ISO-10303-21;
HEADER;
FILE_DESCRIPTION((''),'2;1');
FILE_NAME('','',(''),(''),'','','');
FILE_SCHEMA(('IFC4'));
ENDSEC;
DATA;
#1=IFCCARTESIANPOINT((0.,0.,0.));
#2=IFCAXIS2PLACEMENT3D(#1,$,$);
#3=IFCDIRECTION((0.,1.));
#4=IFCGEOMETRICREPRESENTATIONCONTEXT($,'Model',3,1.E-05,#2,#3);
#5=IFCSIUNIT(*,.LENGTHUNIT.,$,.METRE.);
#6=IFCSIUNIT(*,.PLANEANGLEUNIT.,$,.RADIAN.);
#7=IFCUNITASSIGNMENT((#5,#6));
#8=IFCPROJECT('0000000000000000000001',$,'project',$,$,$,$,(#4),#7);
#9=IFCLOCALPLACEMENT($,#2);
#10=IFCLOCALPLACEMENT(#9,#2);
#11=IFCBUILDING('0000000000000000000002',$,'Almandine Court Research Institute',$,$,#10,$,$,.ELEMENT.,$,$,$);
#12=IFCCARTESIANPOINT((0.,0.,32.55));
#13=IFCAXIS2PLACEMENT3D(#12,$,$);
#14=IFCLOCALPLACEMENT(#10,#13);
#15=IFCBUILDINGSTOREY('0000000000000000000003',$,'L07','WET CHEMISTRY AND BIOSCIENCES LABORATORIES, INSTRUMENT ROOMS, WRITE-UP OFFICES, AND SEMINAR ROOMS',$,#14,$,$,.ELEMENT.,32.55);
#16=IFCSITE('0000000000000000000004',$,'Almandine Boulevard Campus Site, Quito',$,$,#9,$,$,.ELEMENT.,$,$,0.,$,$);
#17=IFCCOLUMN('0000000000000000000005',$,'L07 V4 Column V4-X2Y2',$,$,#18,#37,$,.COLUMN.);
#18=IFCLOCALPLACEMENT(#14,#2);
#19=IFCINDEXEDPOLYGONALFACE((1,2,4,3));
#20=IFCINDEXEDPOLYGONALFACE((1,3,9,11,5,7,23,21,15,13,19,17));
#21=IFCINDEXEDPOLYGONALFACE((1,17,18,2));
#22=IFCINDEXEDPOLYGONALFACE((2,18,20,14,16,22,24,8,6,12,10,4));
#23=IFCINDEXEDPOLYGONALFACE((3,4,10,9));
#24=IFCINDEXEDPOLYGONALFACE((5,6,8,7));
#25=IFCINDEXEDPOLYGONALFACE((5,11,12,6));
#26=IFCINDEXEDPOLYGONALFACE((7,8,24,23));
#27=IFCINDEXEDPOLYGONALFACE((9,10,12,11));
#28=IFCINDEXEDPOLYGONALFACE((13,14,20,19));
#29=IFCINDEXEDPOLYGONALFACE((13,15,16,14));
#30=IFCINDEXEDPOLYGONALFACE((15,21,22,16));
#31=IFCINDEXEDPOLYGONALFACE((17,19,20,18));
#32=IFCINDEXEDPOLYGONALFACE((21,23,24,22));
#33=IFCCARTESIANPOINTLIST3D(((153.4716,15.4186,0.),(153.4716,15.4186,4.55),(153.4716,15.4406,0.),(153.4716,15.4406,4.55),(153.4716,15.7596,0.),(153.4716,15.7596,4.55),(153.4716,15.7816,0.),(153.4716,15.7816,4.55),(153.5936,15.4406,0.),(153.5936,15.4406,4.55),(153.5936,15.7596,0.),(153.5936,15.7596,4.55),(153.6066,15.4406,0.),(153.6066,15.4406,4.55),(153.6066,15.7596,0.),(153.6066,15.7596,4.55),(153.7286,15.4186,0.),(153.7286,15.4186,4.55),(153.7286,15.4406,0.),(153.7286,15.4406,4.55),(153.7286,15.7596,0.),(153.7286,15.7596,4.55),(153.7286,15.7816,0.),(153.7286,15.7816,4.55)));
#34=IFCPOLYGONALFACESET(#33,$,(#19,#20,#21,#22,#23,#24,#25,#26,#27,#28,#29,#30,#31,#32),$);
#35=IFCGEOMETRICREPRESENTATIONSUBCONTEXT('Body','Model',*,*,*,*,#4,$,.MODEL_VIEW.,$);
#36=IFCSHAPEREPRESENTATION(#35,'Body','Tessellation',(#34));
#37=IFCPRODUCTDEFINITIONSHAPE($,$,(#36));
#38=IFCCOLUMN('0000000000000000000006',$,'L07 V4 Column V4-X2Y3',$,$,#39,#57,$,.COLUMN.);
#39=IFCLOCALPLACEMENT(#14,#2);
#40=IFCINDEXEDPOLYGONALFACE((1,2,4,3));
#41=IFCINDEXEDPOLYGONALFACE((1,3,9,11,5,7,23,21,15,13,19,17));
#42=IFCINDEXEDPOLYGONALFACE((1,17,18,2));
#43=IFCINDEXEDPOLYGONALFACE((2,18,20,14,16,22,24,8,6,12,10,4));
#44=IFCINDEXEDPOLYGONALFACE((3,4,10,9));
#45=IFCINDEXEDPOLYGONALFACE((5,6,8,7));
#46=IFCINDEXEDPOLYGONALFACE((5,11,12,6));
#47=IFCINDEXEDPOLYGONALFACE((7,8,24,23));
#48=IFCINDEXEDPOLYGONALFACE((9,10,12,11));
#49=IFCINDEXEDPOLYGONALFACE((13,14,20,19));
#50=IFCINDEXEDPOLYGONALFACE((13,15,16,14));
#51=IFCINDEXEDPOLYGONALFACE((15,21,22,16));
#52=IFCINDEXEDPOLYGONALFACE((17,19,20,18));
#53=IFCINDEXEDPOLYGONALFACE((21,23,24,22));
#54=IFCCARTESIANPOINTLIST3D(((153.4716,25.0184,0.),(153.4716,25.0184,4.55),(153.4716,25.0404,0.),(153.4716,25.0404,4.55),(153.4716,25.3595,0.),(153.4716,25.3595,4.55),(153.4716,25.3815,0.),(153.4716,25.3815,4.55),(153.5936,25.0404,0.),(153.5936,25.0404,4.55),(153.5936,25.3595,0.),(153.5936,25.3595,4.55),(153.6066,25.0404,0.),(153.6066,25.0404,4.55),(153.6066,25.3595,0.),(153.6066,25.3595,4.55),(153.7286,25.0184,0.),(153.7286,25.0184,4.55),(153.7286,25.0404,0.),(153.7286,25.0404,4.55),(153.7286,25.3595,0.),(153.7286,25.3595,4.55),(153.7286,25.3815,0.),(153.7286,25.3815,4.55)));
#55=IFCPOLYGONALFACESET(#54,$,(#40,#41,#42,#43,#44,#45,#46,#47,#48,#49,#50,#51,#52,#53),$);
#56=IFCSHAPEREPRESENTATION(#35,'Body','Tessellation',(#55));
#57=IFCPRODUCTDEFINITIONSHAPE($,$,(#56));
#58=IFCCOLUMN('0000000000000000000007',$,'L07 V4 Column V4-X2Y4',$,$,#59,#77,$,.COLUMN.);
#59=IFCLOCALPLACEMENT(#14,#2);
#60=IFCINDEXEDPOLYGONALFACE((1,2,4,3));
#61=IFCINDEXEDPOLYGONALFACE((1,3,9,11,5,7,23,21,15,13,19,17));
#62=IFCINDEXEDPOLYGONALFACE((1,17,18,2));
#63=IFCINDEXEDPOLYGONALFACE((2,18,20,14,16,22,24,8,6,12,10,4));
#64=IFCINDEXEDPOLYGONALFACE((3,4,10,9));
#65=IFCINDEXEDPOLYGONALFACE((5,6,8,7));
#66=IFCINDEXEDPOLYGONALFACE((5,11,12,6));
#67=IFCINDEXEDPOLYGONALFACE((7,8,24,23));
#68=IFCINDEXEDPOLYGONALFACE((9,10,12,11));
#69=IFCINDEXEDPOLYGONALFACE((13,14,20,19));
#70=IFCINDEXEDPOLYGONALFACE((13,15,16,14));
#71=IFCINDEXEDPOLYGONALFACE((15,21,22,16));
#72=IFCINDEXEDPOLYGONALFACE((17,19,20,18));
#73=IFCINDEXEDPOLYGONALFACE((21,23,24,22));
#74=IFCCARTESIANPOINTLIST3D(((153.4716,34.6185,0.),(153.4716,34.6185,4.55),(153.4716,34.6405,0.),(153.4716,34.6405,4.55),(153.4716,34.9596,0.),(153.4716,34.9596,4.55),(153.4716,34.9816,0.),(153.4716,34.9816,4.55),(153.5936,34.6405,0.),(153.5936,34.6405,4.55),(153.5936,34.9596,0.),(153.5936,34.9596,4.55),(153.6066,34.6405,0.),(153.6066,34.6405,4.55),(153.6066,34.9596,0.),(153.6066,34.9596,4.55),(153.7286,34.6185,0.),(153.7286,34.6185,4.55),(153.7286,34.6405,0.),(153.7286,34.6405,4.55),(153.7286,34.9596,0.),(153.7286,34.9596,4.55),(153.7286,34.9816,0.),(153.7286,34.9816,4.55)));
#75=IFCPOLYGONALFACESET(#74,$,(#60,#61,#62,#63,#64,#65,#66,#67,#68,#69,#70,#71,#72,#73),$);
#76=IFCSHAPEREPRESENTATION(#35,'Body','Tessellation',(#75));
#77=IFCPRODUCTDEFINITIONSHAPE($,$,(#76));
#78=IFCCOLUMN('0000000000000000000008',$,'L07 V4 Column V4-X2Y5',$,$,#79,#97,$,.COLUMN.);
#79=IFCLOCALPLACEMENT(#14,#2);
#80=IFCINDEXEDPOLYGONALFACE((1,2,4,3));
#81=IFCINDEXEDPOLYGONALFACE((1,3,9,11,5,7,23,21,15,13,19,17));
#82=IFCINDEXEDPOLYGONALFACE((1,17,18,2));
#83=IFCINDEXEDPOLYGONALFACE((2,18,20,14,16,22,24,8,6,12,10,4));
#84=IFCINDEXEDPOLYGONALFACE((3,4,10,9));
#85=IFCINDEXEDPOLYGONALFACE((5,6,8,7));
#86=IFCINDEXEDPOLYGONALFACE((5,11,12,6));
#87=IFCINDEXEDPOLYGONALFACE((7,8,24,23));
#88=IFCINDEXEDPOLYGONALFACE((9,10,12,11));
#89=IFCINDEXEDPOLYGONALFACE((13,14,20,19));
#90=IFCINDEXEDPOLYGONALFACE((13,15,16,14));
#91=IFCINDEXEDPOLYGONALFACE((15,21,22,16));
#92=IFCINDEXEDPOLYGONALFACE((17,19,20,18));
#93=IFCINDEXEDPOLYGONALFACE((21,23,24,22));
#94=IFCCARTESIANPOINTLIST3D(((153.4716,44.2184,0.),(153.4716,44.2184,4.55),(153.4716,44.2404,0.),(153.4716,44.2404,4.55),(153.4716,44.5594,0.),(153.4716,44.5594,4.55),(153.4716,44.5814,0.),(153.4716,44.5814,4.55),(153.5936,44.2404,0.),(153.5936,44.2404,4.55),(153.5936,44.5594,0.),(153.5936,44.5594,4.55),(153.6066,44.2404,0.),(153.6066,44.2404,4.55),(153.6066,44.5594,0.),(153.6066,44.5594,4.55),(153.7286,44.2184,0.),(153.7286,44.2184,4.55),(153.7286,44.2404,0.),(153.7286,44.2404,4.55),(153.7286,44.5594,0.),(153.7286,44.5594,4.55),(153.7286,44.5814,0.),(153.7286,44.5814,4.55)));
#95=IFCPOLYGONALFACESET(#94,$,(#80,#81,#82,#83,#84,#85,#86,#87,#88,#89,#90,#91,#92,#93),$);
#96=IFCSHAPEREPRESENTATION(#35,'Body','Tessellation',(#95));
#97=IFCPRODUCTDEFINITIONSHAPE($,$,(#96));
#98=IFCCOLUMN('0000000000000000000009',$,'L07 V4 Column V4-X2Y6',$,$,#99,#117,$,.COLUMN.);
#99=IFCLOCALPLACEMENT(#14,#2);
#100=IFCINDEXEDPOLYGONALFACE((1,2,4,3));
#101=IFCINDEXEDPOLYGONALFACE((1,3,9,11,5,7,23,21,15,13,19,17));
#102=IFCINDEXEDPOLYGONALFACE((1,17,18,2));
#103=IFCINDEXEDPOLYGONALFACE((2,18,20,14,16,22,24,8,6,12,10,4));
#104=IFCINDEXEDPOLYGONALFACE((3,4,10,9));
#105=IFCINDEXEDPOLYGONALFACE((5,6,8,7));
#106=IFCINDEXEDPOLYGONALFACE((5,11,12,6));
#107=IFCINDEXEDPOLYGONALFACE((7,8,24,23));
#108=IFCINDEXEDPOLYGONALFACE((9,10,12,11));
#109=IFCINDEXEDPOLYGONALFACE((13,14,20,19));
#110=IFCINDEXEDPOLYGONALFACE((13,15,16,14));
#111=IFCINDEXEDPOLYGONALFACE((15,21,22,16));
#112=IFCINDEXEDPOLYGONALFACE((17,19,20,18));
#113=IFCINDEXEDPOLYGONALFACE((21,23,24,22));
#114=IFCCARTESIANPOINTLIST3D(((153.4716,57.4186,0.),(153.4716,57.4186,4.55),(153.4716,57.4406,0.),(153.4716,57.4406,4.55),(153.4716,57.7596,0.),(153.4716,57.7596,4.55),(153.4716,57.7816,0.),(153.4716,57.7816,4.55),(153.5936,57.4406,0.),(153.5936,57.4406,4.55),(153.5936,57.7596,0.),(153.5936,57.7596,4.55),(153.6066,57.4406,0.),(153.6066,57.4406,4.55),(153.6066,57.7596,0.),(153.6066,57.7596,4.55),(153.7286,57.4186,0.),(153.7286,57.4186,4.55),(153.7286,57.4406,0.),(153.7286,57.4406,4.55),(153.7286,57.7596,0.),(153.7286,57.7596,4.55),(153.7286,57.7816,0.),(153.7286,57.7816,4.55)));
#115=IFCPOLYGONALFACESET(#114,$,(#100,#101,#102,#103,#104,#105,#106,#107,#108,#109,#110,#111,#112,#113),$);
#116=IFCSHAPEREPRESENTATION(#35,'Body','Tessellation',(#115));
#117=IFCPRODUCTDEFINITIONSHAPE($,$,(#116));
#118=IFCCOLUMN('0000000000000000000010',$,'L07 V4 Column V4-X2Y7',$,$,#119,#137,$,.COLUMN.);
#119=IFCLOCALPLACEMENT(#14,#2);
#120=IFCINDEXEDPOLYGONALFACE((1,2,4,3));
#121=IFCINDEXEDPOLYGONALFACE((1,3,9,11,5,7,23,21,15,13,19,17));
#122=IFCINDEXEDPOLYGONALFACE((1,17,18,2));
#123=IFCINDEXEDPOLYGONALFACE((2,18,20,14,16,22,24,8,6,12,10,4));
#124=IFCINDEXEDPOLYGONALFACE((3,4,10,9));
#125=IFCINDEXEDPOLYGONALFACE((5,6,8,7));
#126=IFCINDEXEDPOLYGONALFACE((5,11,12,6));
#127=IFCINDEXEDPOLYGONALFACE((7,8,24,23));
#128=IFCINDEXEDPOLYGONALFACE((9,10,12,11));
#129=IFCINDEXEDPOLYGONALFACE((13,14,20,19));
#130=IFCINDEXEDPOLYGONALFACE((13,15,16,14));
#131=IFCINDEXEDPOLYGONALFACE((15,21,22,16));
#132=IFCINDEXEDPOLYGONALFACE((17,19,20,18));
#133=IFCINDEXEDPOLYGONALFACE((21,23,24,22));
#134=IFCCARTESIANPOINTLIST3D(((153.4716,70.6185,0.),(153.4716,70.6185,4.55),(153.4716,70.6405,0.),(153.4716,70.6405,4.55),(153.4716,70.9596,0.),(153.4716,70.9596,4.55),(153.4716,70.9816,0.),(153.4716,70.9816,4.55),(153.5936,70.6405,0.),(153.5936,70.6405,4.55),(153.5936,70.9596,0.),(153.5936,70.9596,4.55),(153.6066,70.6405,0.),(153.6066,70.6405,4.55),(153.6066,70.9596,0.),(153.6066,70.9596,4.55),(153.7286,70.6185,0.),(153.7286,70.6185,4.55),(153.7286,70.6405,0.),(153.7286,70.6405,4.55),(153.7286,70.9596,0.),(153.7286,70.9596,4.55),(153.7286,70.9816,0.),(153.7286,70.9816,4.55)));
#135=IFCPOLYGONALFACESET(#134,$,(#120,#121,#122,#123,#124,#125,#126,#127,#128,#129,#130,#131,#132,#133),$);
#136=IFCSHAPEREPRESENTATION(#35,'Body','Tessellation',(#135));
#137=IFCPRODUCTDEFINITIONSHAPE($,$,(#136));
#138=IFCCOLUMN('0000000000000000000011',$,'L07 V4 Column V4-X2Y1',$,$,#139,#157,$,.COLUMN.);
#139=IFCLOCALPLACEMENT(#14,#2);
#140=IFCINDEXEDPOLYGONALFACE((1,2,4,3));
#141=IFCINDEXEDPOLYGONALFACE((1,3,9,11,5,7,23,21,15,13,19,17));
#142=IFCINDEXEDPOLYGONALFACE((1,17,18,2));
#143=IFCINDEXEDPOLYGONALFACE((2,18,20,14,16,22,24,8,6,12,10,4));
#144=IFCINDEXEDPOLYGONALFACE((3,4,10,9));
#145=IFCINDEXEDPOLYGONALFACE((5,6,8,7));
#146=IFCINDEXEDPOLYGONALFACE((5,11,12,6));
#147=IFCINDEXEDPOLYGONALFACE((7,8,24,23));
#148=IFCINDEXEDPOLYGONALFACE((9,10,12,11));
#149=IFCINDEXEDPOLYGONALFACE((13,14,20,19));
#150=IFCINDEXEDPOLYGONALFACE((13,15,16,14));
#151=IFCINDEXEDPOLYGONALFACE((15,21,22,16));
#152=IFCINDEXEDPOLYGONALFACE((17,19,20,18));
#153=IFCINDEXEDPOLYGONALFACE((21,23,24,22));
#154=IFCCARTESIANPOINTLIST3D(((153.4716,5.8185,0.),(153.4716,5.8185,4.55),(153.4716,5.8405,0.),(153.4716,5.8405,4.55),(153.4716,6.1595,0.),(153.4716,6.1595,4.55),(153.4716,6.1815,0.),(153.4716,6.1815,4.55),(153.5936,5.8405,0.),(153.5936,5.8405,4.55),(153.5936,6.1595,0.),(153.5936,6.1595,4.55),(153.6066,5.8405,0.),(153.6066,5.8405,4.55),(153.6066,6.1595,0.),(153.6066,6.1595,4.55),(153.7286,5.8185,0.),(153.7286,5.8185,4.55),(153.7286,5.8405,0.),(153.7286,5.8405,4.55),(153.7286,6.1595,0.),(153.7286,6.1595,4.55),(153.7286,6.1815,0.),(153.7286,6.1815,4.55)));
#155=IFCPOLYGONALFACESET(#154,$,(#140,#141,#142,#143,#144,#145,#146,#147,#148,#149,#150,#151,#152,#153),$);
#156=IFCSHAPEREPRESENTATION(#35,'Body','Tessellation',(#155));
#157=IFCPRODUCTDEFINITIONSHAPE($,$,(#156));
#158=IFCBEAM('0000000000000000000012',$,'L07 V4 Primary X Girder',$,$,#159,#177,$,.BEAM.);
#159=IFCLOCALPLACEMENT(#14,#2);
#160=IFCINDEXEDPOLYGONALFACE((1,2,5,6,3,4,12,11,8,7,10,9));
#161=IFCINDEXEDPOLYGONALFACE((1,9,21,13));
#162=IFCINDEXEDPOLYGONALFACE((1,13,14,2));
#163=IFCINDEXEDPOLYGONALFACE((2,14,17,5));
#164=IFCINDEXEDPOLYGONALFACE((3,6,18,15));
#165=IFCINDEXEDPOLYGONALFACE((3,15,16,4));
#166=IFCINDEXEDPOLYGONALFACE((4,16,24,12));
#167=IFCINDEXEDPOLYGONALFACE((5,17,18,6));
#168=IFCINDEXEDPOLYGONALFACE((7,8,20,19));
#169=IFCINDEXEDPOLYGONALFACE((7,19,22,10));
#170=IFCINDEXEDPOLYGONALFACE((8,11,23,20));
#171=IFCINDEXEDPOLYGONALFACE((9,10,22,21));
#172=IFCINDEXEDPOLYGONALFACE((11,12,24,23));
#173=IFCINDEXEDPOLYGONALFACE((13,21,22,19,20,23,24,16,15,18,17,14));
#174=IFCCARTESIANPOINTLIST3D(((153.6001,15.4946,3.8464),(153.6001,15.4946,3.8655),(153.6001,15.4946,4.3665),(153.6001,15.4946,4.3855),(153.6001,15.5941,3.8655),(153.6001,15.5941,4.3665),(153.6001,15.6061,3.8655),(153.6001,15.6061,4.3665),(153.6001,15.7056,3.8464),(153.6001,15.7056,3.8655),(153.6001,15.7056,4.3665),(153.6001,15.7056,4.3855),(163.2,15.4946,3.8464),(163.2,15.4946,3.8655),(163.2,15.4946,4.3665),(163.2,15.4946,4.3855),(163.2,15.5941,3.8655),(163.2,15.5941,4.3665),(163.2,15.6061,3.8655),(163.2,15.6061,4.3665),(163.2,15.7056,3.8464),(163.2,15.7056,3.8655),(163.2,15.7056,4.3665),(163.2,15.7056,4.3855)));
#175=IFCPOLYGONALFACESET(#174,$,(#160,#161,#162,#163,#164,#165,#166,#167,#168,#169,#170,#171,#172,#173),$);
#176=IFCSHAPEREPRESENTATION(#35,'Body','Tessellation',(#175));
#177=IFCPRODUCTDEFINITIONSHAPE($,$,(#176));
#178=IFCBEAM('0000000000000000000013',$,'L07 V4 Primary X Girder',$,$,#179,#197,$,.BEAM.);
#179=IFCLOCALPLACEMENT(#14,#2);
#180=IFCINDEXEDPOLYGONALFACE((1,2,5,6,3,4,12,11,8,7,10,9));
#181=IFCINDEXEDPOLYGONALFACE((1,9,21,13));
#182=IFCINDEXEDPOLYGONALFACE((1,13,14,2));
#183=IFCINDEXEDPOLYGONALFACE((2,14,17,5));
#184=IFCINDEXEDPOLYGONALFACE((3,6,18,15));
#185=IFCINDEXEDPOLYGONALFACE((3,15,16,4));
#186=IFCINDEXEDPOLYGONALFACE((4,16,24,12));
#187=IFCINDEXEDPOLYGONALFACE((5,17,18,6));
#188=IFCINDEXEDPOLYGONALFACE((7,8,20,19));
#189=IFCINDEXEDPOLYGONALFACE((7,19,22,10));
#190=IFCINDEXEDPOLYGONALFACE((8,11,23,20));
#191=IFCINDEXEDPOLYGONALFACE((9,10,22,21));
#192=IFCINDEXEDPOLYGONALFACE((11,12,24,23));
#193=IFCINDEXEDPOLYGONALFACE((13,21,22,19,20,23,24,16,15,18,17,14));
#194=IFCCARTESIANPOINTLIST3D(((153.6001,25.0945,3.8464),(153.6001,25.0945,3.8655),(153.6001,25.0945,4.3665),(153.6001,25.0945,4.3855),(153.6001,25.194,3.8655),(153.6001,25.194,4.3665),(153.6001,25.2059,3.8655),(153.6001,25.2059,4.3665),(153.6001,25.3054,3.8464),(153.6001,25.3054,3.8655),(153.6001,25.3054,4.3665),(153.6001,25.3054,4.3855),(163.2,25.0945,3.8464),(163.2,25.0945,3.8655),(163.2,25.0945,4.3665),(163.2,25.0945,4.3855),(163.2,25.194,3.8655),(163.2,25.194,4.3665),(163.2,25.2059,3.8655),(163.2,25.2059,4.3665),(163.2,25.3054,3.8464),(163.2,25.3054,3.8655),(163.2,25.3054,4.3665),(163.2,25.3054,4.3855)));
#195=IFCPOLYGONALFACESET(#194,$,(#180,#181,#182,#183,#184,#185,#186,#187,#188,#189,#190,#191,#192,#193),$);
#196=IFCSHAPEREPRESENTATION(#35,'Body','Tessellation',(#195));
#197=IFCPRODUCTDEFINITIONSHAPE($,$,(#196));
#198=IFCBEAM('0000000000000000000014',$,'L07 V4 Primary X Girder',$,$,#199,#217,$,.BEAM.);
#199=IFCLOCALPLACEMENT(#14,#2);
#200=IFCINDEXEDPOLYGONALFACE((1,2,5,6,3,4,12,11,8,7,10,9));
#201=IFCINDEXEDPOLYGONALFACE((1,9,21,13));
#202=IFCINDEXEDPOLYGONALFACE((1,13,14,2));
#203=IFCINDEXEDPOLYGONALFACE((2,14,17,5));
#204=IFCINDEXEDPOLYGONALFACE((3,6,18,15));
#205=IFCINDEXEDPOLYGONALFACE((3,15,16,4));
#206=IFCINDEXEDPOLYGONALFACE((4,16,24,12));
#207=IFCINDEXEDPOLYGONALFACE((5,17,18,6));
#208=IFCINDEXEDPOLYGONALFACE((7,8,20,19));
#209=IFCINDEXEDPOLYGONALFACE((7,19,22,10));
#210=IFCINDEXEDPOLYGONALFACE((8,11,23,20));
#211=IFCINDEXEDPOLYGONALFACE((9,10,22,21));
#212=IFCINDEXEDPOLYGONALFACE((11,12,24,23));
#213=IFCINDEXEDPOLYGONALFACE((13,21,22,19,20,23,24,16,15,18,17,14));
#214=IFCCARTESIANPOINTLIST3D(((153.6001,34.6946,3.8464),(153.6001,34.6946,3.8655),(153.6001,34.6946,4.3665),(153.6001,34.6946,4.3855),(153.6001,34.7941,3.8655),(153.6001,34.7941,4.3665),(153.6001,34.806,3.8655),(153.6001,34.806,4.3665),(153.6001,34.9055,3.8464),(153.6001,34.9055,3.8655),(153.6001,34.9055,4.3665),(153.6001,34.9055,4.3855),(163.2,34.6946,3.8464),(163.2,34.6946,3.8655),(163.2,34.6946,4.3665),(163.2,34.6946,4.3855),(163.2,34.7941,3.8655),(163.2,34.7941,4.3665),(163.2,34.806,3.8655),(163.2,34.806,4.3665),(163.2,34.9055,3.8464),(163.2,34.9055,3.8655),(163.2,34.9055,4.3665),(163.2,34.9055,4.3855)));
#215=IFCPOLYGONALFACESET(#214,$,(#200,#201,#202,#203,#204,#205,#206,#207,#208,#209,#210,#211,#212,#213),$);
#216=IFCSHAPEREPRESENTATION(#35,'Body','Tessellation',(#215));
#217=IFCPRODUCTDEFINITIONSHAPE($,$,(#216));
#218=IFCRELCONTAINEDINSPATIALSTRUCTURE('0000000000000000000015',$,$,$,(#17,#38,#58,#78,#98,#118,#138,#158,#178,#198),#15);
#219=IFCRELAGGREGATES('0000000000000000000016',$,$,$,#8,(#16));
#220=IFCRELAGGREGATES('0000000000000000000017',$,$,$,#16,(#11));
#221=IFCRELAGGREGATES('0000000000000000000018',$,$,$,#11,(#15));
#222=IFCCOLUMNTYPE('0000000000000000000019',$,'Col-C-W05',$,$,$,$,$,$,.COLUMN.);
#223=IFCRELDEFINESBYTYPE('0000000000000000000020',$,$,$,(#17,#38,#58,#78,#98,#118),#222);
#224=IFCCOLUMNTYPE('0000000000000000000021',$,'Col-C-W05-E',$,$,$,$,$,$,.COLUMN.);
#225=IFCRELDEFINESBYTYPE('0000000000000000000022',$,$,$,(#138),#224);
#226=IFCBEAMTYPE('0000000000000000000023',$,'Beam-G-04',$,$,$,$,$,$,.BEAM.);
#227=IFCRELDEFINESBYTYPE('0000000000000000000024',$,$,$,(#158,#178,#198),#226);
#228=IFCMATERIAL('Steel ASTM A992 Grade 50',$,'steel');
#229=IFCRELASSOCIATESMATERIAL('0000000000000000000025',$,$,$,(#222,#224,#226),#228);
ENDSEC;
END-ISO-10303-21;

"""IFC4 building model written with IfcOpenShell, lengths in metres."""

from ifc_helpers import new_model, si_unit, direction, frame, origin, origin_2d, place, context, subcontext, project, spatial, i_section, extrude, material, material_profile, profile_set, type_object, element, save


model = new_model("IFC4")

# Units and contexts
model_context = context("Model", 3, precision=1e-05, world=origin(), true_north=direction((0.0, 1.0)))
body_context = subcontext(model_context, "Body", "Model", "MODEL_VIEW")
ifc_project = project(units=[si_unit("LENGTHUNIT", "METRE"), si_unit("PLANEANGLEUNIT", "RADIAN")], contexts=[model_context])

# Site, building, storey
site_placement = place(None, origin())
site = spatial("IfcSite", under=ifc_project, at=site_placement, Name="Almandine Boulevard Campus Site, Quito", CompositionType="ELEMENT", RefElevation=0.0)
building_placement = place(site_placement, origin())
building = spatial("IfcBuilding", under=site, at=building_placement, Name="Almandine Court Research Institute", CompositionType="ELEMENT")
storey_placement = place(building_placement, frame((0.0, 0.0, 32.55)))
storey = spatial("IfcBuildingStorey", under=building, at=storey_placement, Name="L07", Description="WET CHEMISTRY AND BIOSCIENCES LABORATORIES, INSTRUMENT ROOMS, WRITE-UP OFFICES, AND SEMINAR ROOMS", CompositionType="ELEMENT", Elevation=32.55)

# Columns
ifc_material_1 = material(Name="Steel ASTM A992 Grade 50", Category="steel")
ifc_material_profile_1 = material_profile(ifc_material_1, i_section(OverallWidth=0.2571, OverallDepth=0.363, WebThickness=0.0129, FlangeThickness=0.022, at=origin_2d()), Name="W360x122")
ifc_profile_set_1 = profile_set([ifc_material_profile_1], Name="Steel ASTM A992 Grade 50")
column_type_1 = type_object("IfcColumnType", Name="Col-C-W05", PredefinedType="COLUMN", material=ifc_profile_set_1)
for number, where, z_axis, x_axis, name in (
    (1, (153.6001, 15.6001, 0.0), (0.0, 0.0, 1.0), (1.0, 0.0, 0.0), "L07 V4 Column V4-X2Y2"),
    (2, (153.6001, 25.2, 0.0), (0.0, 0.0, 1.0), (1.0, 0.0, 0.0), "L07 V4 Column V4-X2Y3"),
    (3, (153.6001, 34.8, 0.0), (0.0, 0.0, 1.0), (1.0, 0.0, 0.0), "L07 V4 Column V4-X2Y4"),
    (4, (153.6001, 44.3999, 0.0), (0.0, 0.0, 1.0), (1.0, 0.0, 0.0), "L07 V4 Column V4-X2Y5"),
    (5, (153.6001, 57.6001, 0.0), (0.0, 0.0, 1.0), (1.0, 0.0, 0.0), "L07 V4 Column V4-X2Y6"),
    (6, (153.6001, 70.8, 0.0), (0.0, 0.0, 1.0), (1.0, 0.0, 0.0), "L07 V4 Column V4-X2Y7"),
):
    element("IfcColumn", number, at=place(storey_placement, frame(where, z_axis=z_axis, x_axis=x_axis)), inside=storey, type_object=column_type_1, Name=name, PredefinedType="COLUMN", context=body_context, shape_type="SweptSolid", body=[
        extrude(i_section(OverallWidth=0.2571, OverallDepth=0.363, WebThickness=0.0129, FlangeThickness=0.022, at=origin_2d()), origin(), (0.0, 0.0, 1.0), 4.55),
    ])
ifc_material_profile_2 = material_profile(ifc_material_1, i_section(OverallWidth=0.2571, OverallDepth=0.363, WebThickness=0.0129, FlangeThickness=0.022, at=origin_2d()), Name="W360x122")
ifc_profile_set_2 = profile_set([ifc_material_profile_2], Name="Steel ASTM A992 Grade 50")
column_type_2 = type_object("IfcColumnType", Name="Col-C-W05-E", PredefinedType="COLUMN", material=ifc_profile_set_2)
column_placement = place(storey_placement, frame((153.6001, 6.0, 0.0), z_axis=(0.0, 0.0, 1.0), x_axis=(1.0, 0.0, 0.0)))
element("IfcColumn", 7, at=column_placement, inside=storey, type_object=column_type_2, Name="L07 V4 Column V4-X2Y1", PredefinedType="COLUMN", context=body_context, shape_type="SweptSolid", body=[
    extrude(i_section(OverallWidth=0.2571, OverallDepth=0.363, WebThickness=0.0129, FlangeThickness=0.022, at=origin_2d()), origin(), (0.0, 0.0, 1.0), 4.55),
])

# Beams
ifc_material_profile_3 = material_profile(ifc_material_1, i_section(OverallWidth=0.2109, OverallDepth=0.5391, WebThickness=0.012, FlangeThickness=0.019, at=origin_2d()), Name="W530x109")
ifc_profile_set_3 = profile_set([ifc_material_profile_3], Name="Steel ASTM A992 Grade 50")
beam_type_1 = type_object("IfcBeamType", Name="Beam-G-04", PredefinedType="BEAM", material=ifc_profile_set_3)
for number, where, z_axis, x_axis, name in (
    (8, (153.6001, 15.6001, 4.116), (1.0, 0.0, 0.0), (0.0, 1.0, 0.0), "L07 V4 Primary X Girder"),
    (9, (153.6001, 25.2, 4.116), (1.0, 0.0, 0.0), (0.0, 1.0, 0.0), "L07 V4 Primary X Girder"),
    (10, (153.6001, 34.8, 4.116), (1.0, 0.0, 0.0), (0.0, 1.0, 0.0), "L07 V4 Primary X Girder"),
):
    element("IfcBeam", number, at=place(storey_placement, frame(where, z_axis=z_axis, x_axis=x_axis)), inside=storey, type_object=beam_type_1, Name=name, PredefinedType="BEAM", context=body_context, shape_type="SweptSolid", body=[
        extrude(i_section(OverallWidth=0.2109, OverallDepth=0.5391, WebThickness=0.012, FlangeThickness=0.019, at=origin_2d()), origin(), (0.0, 0.0, 1.0), 9.5999),
    ])

save(model, "model.ifc")
